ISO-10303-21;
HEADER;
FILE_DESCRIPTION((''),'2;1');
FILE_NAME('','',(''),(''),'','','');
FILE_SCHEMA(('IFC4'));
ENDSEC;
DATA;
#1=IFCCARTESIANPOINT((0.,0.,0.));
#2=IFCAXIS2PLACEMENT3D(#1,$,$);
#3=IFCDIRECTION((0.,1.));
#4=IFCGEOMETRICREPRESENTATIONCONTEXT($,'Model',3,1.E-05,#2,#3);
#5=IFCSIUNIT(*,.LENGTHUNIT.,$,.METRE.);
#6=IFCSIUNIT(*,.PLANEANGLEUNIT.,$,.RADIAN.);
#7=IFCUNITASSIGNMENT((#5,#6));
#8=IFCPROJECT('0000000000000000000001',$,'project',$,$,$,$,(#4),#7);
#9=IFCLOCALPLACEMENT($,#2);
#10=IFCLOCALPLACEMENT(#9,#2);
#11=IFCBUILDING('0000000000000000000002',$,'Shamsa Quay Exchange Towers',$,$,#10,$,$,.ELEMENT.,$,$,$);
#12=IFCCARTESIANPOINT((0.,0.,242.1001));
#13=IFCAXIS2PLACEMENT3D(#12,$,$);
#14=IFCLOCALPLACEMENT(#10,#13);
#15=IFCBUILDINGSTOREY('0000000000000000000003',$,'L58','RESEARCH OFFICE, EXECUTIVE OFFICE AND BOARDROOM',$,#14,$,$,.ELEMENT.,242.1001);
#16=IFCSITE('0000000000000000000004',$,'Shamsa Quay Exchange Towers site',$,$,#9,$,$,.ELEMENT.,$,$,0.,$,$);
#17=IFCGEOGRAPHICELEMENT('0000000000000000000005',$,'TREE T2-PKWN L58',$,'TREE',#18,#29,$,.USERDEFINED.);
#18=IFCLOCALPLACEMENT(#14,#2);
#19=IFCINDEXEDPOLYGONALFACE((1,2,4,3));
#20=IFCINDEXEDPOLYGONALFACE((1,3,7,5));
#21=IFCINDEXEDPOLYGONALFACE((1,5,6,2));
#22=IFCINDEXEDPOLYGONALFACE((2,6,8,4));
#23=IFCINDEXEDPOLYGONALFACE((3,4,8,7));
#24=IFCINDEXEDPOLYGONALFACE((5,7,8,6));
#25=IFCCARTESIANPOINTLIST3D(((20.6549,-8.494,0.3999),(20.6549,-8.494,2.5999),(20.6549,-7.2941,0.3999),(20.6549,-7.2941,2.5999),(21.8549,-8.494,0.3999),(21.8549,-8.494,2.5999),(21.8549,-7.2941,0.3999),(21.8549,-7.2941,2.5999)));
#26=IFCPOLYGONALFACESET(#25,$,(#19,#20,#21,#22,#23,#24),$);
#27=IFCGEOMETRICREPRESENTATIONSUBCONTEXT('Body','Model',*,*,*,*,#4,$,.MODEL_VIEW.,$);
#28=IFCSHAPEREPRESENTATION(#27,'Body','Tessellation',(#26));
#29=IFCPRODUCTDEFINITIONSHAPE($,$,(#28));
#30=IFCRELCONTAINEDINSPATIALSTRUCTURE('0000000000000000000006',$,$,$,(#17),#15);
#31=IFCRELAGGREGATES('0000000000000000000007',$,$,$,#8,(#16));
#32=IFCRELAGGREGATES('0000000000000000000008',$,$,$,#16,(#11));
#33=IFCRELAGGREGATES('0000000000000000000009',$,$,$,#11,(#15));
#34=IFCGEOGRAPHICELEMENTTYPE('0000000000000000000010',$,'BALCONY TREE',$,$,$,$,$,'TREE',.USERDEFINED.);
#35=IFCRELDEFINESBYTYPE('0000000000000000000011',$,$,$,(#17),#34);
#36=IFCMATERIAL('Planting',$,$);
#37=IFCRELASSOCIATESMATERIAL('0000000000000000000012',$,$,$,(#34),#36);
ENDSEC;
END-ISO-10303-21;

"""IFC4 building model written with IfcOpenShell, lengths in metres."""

from ifc_helpers import new_model, si_unit, direction, frame, origin, origin_2d, place, context, subcontext, project, spatial, rectangle, extrude, material, type_object, element, save


model = new_model("IFC4")

# Units and contexts
model_context = context("Model", 3, precision=1e-05, world=origin(), true_north=direction((0.0, 1.0)))
body_context = subcontext(model_context, "Body", "Model", "MODEL_VIEW")
ifc_project = project(units=[si_unit("LENGTHUNIT", "METRE"), si_unit("PLANEANGLEUNIT", "RADIAN")], contexts=[model_context])

# Site, building, storey
site_placement = place(None, origin())
site = spatial("IfcSite", under=ifc_project, at=site_placement, Name="Shamsa Quay Exchange Towers site", CompositionType="ELEMENT", RefElevation=0.0)
building_placement = place(site_placement, origin())
building = spatial("IfcBuilding", under=site, at=building_placement, Name="Shamsa Quay Exchange Towers", CompositionType="ELEMENT")
storey_placement = place(building_placement, frame((0.0, 0.0, 242.1001)))
storey = spatial("IfcBuildingStorey", under=building, at=storey_placement, Name="L58", Description="RESEARCH OFFICE, EXECUTIVE OFFICE AND BOARDROOM", CompositionType="ELEMENT", Elevation=242.1001)

# Geographic element
ifc_material_1 = material(Name="Planting")
geographic_element_type = type_object("IfcGeographicElementType", Name="BALCONY TREE", ElementType="TREE", PredefinedType="USERDEFINED", material=ifc_material_1)
geographic_element_placement = place(storey_placement, frame((21.2549, -7.894, 0.3999), z_axis=(0.0, 0.0, 1.0), x_axis=(0.0, -1.0, 0.0)))
element("IfcGeographicElement", 1, at=geographic_element_placement, inside=storey, type_object=geographic_element_type, Name="TREE T2-PKWN L58", ObjectType="TREE", PredefinedType="USERDEFINED", context=body_context, shape_type="SweptSolid", body=[
    extrude(rectangle(XDim=1.2, YDim=1.2, at=origin_2d()), origin(), (0.0, 0.0, 1.0), 2.2),
])

save(model, "model.ifc")
